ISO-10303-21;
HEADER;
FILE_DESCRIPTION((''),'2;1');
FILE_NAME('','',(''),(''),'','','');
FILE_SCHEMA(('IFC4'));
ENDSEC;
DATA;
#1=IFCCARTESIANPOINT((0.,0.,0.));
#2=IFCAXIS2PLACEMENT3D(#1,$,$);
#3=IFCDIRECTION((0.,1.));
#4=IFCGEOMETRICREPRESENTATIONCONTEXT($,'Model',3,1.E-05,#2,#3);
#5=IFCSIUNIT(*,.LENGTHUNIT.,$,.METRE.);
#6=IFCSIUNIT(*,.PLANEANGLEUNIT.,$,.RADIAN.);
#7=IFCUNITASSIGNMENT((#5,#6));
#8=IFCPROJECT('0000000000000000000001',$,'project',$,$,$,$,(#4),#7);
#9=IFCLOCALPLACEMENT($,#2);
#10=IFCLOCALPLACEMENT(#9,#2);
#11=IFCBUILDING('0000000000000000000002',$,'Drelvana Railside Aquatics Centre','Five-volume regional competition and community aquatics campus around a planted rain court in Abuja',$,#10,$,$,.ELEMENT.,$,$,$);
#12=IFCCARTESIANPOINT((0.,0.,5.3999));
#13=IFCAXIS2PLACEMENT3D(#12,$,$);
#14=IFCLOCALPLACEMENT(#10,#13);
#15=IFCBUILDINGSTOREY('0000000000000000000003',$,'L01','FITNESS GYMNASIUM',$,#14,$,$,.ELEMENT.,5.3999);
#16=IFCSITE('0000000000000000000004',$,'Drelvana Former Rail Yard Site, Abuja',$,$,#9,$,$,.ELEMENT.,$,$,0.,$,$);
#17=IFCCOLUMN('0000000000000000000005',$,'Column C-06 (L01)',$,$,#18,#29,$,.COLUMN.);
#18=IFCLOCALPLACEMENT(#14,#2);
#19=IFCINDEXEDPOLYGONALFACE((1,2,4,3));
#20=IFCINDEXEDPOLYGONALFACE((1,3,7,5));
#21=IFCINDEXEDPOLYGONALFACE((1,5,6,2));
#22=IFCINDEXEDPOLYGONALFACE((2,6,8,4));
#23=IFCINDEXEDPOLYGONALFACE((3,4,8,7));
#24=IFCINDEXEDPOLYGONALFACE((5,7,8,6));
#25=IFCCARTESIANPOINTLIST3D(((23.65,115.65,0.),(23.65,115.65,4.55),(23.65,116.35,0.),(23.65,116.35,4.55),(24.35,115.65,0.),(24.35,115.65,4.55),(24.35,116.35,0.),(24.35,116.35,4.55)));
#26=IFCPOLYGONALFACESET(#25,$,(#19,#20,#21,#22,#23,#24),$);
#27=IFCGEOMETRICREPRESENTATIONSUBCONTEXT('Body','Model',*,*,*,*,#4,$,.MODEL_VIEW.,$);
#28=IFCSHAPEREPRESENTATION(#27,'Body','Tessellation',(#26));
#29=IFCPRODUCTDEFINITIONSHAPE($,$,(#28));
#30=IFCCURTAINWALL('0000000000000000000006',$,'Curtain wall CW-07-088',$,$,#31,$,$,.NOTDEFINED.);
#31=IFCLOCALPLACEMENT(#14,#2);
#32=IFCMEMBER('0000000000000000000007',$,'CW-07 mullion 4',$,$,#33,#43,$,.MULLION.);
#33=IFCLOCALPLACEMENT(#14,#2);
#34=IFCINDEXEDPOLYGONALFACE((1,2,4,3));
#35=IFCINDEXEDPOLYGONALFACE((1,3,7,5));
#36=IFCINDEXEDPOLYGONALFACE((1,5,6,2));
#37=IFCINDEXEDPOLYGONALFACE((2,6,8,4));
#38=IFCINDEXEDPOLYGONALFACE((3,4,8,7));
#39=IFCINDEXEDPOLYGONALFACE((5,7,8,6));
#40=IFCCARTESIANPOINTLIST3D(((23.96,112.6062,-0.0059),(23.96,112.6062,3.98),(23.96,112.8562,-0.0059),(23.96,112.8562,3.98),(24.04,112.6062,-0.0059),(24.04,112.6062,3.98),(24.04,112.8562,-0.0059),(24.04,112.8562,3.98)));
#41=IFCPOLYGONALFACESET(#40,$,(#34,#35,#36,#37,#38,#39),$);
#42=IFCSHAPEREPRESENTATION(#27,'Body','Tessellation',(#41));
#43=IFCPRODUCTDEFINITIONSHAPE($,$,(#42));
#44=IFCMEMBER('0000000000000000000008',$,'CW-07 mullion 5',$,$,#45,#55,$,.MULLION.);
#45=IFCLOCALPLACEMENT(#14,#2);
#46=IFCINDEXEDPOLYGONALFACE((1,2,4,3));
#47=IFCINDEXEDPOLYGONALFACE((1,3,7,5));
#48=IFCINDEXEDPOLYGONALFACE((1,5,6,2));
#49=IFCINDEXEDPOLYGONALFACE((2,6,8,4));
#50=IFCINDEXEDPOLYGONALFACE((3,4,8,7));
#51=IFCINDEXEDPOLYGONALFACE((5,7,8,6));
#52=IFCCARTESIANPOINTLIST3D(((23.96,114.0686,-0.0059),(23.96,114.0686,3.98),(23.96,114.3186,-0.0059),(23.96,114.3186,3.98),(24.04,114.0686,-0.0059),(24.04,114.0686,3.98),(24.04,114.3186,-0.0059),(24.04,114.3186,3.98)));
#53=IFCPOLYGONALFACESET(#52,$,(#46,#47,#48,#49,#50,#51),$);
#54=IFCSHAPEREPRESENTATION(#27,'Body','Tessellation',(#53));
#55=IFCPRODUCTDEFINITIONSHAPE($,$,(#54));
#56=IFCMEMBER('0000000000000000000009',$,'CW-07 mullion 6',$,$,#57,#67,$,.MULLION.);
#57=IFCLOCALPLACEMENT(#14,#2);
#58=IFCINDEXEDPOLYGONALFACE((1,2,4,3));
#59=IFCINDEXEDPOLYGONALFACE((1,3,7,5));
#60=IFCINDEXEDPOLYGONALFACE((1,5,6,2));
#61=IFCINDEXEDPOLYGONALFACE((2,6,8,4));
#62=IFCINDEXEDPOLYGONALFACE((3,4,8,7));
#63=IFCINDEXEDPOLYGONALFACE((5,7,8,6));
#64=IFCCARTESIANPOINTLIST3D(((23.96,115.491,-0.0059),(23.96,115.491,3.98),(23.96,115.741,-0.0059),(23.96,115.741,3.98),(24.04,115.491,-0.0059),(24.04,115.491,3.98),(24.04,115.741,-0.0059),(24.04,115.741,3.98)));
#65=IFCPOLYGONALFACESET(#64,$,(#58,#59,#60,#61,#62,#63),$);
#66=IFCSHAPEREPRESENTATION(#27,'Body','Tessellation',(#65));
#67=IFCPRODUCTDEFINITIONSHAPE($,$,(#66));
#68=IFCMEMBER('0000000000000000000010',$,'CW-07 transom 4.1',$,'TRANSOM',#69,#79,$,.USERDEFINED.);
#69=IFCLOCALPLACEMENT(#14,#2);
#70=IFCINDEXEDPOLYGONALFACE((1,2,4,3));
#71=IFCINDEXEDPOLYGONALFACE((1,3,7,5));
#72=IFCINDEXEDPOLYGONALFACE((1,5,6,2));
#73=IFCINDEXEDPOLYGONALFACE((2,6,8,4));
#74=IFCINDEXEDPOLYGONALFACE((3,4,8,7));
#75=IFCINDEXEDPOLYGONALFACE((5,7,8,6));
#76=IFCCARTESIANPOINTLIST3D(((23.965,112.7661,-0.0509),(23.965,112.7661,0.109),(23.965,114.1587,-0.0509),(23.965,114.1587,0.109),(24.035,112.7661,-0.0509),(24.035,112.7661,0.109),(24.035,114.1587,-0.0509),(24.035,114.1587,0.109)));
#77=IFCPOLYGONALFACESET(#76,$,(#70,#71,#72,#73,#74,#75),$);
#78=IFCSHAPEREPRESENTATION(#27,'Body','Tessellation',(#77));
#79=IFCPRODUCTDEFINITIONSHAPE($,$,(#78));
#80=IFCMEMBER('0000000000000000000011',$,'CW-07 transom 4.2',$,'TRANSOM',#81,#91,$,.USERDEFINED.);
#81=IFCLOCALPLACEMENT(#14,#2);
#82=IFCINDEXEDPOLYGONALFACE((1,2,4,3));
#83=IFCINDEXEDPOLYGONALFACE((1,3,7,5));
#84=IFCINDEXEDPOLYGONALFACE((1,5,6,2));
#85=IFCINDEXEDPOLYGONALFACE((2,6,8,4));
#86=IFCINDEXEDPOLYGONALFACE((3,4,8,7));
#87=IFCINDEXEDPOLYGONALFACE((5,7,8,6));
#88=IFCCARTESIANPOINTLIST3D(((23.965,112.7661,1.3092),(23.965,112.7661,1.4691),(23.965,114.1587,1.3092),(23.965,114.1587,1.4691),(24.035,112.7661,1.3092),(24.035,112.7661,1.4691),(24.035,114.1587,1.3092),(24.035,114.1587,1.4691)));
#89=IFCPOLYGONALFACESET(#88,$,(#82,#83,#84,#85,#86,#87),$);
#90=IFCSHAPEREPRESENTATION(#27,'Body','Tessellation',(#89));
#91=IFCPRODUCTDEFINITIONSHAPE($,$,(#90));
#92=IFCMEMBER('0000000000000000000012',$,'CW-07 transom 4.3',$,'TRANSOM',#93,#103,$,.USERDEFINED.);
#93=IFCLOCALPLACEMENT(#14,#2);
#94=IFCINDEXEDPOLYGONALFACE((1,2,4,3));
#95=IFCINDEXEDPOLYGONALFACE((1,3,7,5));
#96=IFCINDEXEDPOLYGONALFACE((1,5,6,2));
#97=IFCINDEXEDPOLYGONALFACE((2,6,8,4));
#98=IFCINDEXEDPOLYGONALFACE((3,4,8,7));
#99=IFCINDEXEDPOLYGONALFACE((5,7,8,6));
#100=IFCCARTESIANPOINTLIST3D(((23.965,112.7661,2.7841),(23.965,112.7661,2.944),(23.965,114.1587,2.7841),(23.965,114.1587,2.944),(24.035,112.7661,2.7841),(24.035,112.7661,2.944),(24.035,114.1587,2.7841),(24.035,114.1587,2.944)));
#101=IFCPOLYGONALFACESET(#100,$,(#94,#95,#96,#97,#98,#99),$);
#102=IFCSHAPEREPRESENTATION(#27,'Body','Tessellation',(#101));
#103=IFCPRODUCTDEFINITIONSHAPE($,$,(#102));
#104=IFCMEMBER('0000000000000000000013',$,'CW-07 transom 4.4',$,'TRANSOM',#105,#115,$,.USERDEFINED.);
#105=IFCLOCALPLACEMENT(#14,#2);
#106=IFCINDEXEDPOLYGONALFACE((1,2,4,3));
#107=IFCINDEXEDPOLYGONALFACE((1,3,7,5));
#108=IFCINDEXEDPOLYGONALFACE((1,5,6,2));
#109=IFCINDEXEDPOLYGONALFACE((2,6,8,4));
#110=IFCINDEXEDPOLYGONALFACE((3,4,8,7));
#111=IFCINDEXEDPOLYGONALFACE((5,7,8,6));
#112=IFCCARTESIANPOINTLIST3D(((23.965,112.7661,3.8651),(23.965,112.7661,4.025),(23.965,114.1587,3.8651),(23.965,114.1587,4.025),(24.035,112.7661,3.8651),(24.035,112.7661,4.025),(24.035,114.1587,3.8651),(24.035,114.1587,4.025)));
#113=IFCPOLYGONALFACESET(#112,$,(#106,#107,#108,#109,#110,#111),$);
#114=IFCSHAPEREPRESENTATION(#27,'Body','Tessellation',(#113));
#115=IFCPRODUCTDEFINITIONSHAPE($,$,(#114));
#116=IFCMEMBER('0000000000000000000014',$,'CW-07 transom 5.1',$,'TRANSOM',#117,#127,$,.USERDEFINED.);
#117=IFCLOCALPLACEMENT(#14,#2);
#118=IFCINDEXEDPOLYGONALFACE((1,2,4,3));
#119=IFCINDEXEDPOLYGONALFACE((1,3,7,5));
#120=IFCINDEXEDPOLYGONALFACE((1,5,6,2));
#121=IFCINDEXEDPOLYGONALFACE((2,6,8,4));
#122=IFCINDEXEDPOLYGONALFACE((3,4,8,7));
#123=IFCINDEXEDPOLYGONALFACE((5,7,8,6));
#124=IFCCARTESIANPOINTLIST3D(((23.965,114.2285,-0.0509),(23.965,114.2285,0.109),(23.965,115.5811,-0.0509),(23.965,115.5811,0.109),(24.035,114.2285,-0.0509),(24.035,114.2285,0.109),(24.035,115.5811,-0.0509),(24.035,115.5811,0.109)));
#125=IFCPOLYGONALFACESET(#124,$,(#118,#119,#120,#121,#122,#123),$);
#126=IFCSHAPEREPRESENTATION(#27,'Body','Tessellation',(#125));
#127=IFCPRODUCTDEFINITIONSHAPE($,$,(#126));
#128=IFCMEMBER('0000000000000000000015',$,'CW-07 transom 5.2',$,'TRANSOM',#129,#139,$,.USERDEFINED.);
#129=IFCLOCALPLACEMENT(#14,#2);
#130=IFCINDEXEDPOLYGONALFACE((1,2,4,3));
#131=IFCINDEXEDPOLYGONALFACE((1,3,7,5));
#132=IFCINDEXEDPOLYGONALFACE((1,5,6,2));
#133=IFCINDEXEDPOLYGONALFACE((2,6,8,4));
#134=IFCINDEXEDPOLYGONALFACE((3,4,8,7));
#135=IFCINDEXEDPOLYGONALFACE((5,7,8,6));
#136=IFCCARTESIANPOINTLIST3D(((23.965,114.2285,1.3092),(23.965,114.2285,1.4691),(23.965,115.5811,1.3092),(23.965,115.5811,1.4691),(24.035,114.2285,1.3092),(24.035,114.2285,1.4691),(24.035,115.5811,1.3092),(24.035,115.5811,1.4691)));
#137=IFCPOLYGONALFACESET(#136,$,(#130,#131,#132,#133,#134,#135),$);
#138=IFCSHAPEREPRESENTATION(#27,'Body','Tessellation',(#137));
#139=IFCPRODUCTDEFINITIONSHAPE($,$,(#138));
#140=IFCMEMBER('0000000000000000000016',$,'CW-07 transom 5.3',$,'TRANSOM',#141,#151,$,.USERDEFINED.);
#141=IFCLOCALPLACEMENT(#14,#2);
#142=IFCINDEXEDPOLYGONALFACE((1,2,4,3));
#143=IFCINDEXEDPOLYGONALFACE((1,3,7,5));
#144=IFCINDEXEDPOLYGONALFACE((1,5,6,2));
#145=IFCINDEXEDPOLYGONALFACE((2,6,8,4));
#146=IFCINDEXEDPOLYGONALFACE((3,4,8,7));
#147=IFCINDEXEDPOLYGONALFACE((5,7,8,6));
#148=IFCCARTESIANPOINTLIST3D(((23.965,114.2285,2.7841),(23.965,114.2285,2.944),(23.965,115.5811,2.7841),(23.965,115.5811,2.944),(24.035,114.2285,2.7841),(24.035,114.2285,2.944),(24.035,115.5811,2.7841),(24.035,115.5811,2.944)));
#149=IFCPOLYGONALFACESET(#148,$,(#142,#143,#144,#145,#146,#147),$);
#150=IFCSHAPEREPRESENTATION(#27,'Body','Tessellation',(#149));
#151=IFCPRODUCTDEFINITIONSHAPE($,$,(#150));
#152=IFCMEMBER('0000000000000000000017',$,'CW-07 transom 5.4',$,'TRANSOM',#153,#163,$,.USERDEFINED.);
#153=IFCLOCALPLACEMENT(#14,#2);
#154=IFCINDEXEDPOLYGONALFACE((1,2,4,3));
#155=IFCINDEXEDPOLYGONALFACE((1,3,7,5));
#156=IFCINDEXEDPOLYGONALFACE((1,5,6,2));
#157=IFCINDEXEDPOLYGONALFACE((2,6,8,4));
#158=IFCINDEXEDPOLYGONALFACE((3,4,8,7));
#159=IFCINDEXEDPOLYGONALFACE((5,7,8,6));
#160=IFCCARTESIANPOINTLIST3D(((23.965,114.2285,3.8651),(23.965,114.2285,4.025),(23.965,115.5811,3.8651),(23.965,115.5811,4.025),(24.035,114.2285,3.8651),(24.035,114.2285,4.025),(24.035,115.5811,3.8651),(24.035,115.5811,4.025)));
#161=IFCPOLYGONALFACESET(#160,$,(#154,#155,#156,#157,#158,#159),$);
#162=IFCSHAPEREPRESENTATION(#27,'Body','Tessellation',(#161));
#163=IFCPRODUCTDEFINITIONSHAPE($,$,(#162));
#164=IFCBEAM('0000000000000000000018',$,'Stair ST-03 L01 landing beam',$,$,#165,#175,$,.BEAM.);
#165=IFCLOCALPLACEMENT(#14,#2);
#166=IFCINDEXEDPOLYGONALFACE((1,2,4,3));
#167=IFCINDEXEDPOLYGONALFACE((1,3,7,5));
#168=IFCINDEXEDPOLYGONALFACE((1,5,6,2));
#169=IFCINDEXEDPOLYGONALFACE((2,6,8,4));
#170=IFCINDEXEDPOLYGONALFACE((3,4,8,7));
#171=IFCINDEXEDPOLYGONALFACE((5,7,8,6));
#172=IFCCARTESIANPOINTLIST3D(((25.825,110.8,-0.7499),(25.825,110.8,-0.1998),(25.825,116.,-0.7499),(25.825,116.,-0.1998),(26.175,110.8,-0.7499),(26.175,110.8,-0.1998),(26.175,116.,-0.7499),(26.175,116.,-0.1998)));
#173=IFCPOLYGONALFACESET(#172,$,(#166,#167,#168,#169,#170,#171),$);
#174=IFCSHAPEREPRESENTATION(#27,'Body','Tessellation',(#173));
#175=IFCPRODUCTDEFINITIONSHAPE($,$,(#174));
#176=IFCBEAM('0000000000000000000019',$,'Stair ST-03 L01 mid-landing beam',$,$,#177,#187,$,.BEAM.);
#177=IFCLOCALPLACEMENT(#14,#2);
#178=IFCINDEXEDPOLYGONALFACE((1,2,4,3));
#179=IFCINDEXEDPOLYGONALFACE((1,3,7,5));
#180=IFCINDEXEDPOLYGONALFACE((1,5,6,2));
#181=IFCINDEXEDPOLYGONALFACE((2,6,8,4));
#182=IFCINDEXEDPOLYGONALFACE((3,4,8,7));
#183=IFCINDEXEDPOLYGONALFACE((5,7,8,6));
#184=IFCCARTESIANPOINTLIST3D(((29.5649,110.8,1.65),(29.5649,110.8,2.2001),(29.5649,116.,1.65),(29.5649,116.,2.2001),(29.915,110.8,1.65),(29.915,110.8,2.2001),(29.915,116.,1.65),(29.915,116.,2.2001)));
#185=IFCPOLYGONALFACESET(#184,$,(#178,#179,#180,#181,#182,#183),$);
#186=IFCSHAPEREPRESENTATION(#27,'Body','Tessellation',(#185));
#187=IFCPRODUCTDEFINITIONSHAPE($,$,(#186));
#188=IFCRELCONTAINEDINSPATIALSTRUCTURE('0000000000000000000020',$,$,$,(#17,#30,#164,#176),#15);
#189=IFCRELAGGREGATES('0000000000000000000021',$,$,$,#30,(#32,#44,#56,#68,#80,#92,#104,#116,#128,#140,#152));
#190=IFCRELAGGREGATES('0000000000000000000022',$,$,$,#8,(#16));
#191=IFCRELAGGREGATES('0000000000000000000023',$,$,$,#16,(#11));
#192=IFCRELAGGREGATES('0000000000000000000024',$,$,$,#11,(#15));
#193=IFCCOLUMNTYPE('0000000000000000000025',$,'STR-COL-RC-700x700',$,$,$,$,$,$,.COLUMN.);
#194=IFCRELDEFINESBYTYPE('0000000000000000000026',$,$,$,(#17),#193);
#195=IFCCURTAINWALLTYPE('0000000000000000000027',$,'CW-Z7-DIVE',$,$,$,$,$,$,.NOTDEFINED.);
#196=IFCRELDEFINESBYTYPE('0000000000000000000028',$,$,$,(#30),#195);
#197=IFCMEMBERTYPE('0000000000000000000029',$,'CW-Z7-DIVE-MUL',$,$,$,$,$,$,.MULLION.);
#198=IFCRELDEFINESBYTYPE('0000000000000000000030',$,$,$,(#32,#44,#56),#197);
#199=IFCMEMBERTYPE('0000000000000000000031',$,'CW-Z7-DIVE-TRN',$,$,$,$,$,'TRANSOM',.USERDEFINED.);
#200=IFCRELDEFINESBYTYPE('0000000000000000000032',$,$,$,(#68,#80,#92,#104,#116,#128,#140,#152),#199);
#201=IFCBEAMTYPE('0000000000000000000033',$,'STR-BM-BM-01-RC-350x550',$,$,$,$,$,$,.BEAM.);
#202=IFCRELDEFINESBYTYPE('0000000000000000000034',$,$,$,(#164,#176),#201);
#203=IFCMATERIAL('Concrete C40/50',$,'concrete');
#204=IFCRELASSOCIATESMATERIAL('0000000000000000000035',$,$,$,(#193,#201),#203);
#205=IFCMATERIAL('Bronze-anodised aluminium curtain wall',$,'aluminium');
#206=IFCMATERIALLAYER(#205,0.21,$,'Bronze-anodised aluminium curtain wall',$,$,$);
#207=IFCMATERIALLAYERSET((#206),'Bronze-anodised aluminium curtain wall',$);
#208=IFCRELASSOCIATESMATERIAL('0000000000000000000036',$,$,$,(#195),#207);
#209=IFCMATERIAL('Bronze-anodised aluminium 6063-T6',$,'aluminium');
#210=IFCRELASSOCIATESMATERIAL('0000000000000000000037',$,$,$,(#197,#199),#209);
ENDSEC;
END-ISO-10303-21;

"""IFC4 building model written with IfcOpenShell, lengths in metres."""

from ifc_helpers import new_model, si_unit, direction, frame, origin, origin_2d, place, context, subcontext, project, spatial, rectangle, extrude, material, layer, layer_set, material_profile, profile_set, type_object, element, aggregate, save


model = new_model("IFC4")

# Units and contexts
model_context = context("Model", 3, precision=1e-05, world=origin(), true_north=direction((0.0, 1.0)))
body_context = subcontext(model_context, "Body", "Model", "MODEL_VIEW")
ifc_project = project(units=[si_unit("LENGTHUNIT", "METRE"), si_unit("PLANEANGLEUNIT", "RADIAN")], contexts=[model_context])

# Site, building, storey
site_placement = place(None, origin())
site = spatial("IfcSite", under=ifc_project, at=site_placement, Name="Drelvana Former Rail Yard Site, Abuja", CompositionType="ELEMENT", RefElevation=0.0)
building_placement = place(site_placement, origin())
building = spatial("IfcBuilding", under=site, at=building_placement, Name="Drelvana Railside Aquatics Centre", Description="Five-volume regional competition and community aquatics campus around a planted rain court in Abuja", CompositionType="ELEMENT")
storey_placement = place(building_placement, frame((0.0, 0.0, 5.3999)))
storey = spatial("IfcBuildingStorey", under=building, at=storey_placement, Name="L01", Description="FITNESS GYMNASIUM", CompositionType="ELEMENT", Elevation=5.3999)

# Column
ifc_material_1 = material(Name="Concrete C40/50", Category="concrete")
ifc_material_profile_1 = material_profile(ifc_material_1, rectangle(XDim=0.7, YDim=0.7, at=origin_2d()), Name="RC 700x700")
ifc_profile_set_1 = profile_set([ifc_material_profile_1], Name="Concrete C40/50")
column_type = type_object("IfcColumnType", Name="STR-COL-RC-700x700", PredefinedType="COLUMN", material=ifc_profile_set_1)
column_placement = place(storey_placement, frame((24.0, 116.0, 0.0), z_axis=(0.0, 0.0, 1.0), x_axis=(1.0, 0.0, 0.0)))
element("IfcColumn", 1, at=column_placement, inside=storey, type_object=column_type, Name="Column C-06 (L01)", PredefinedType="COLUMN", context=body_context, shape_type="SweptSolid", body=[
    extrude(rectangle(XDim=0.7, YDim=0.7, at=origin_2d()), origin(), (0.0, 0.0, 1.0), 4.55),
])

# Curtain wall, members
ifc_material_2 = material(Name="Bronze-anodised aluminium curtain wall", Category="aluminium")
ifc_layer_1 = layer(ifc_material_2, 0.21, Name="Bronze-anodised aluminium curtain wall")
ifc_layer_set_1 = layer_set([ifc_layer_1], Name="Bronze-anodised aluminium curtain wall")
curtain_wall_type = type_object("IfcCurtainWallType", Name="CW-Z7-DIVE", PredefinedType="NOTDEFINED", material=ifc_layer_set_1)
curtain_wall_placement = place(storey_placement, origin())
curtain_wall = element("IfcCurtainWall", 2, at=curtain_wall_placement, inside=storey, type_object=curtain_wall_type, Name="Curtain wall CW-07-088", PredefinedType="NOTDEFINED")
ifc_material_3 = material(Name="Bronze-anodised aluminium 6063-T6", Category="aluminium")
ifc_material_profile_2 = material_profile(ifc_material_3, rectangle(XDim=0.0801, YDim=0.25, at=origin_2d()), Name="ALU-M 80x250")
ifc_profile_set_2 = profile_set([ifc_material_profile_2], Name="Bronze-anodised aluminium 6063-T6")
member_type_1 = type_object("IfcMemberType", Name="CW-Z7-DIVE-MUL", PredefinedType="MULLION", material=ifc_profile_set_2)
member_1_placement = place(storey_placement, frame((24.0, 112.7312, -0.0059), z_axis=(0.0, 0.0, 1.0), x_axis=(-1.0, 0.0, 0.0)))
member_1 = element("IfcMember", 3, at=member_1_placement, type_object=member_type_1, Name="CW-07 mullion 4", PredefinedType="MULLION", context=body_context, shape_type="SweptSolid", body=[
    extrude(rectangle(XDim=0.0801, YDim=0.25, at=origin_2d()), origin(), (0.0, 0.0, 1.0), 3.9858),
])
member_2_placement = place(storey_placement, frame((24.0, 114.1936, -0.0059), z_axis=(0.0, 0.0, 1.0), x_axis=(-1.0, 0.0, 0.0)))
member_2 = element("IfcMember", 4, at=member_2_placement, type_object=member_type_1, Name="CW-07 mullion 5", PredefinedType="MULLION", context=body_context, shape_type="SweptSolid", body=[
    extrude(rectangle(XDim=0.0801, YDim=0.25, at=origin_2d()), origin(), (0.0, 0.0, 1.0), 3.9858),
])
member_3_placement = place(storey_placement, frame((24.0, 115.616, -0.0059), z_axis=(0.0, 0.0, 1.0), x_axis=(-1.0, 0.0, 0.0)))
member_3 = element("IfcMember", 5, at=member_3_placement, type_object=member_type_1, Name="CW-07 mullion 6", PredefinedType="MULLION", context=body_context, shape_type="SweptSolid", body=[
    extrude(rectangle(XDim=0.0801, YDim=0.25, at=origin_2d()), origin(), (0.0, 0.0, 1.0), 3.9858),
])
ifc_material_profile_3 = material_profile(ifc_material_3, rectangle(XDim=0.1599, YDim=0.0701, at=origin_2d()), Name="ALU-T 70x160")
ifc_profile_set_3 = profile_set([ifc_material_profile_3], Name="Bronze-anodised aluminium 6063-T6")
member_type_2 = type_object("IfcMemberType", Name="CW-Z7-DIVE-TRN", ElementType="TRANSOM", PredefinedType="USERDEFINED", material=ifc_profile_set_3)
member_4_placement = place(storey_placement, frame((24.0, 112.7661, 0.0291), z_axis=(0.0, 1.0, 0.0), x_axis=(0.0, 0.0, 1.0)))
member_4 = element("IfcMember", 6, at=member_4_placement, type_object=member_type_2, Name="CW-07 transom 4.1", ObjectType="TRANSOM", PredefinedType="USERDEFINED", context=body_context, shape_type="SweptSolid", body=[
    extrude(rectangle(XDim=0.1599, YDim=0.0701, at=origin_2d()), origin(), (0.0, 0.0, 1.0), 1.3926),
])
member_5_placement = place(storey_placement, frame((24.0, 112.7661, 1.3892), z_axis=(0.0, 1.0, 0.0), x_axis=(0.0, 0.0, 1.0)))
member_5 = element("IfcMember", 7, at=member_5_placement, type_object=member_type_2, Name="CW-07 transom 4.2", ObjectType="TRANSOM", PredefinedType="USERDEFINED", context=body_context, shape_type="SweptSolid", body=[
    extrude(rectangle(XDim=0.1599, YDim=0.0701, at=origin_2d()), origin(), (0.0, 0.0, 1.0), 1.3926),
])
member_6_placement = place(storey_placement, frame((24.0, 112.7661, 2.864), z_axis=(0.0, 1.0, 0.0), x_axis=(0.0, 0.0, 1.0)))
member_6 = element("IfcMember", 8, at=member_6_placement, type_object=member_type_2, Name="CW-07 transom 4.3", ObjectType="TRANSOM", PredefinedType="USERDEFINED", context=body_context, shape_type="SweptSolid", body=[
    extrude(rectangle(XDim=0.1599, YDim=0.0701, at=origin_2d()), origin(), (0.0, 0.0, 1.0), 1.3926),
])
member_7_placement = place(storey_placement, frame((24.0, 112.7661, 3.9451), z_axis=(0.0, 1.0, 0.0), x_axis=(0.0, 0.0, 1.0)))
member_7 = element("IfcMember", 9, at=member_7_placement, type_object=member_type_2, Name="CW-07 transom 4.4", ObjectType="TRANSOM", PredefinedType="USERDEFINED", context=body_context, shape_type="SweptSolid", body=[
    extrude(rectangle(XDim=0.1599, YDim=0.0701, at=origin_2d()), origin(), (0.0, 0.0, 1.0), 1.3926),
])
member_8_placement = place(storey_placement, frame((24.0, 114.2285, 0.0291), z_axis=(0.0, 1.0, 0.0), x_axis=(0.0, 0.0, 1.0)))
member_8 = element("IfcMember", 10, at=member_8_placement, type_object=member_type_2, Name="CW-07 transom 5.1", ObjectType="TRANSOM", PredefinedType="USERDEFINED", context=body_context, shape_type="SweptSolid", body=[
    extrude(rectangle(XDim=0.1599, YDim=0.0701, at=origin_2d()), origin(), (0.0, 0.0, 1.0), 1.3525),
])
member_9_placement = place(storey_placement, frame((24.0, 114.2285, 1.3892), z_axis=(0.0, 1.0, 0.0), x_axis=(0.0, 0.0, 1.0)))
member_9 = element("IfcMember", 11, at=member_9_placement, type_object=member_type_2, Name="CW-07 transom 5.2", ObjectType="TRANSOM", PredefinedType="USERDEFINED", context=body_context, shape_type="SweptSolid", body=[
    extrude(rectangle(XDim=0.1599, YDim=0.0701, at=origin_2d()), origin(), (0.0, 0.0, 1.0), 1.3525),
])
member_10_placement = place(storey_placement, frame((24.0, 114.2285, 2.864), z_axis=(0.0, 1.0, 0.0), x_axis=(0.0, 0.0, 1.0)))
member_10 = element("IfcMember", 12, at=member_10_placement, type_object=member_type_2, Name="CW-07 transom 5.3", ObjectType="TRANSOM", PredefinedType="USERDEFINED", context=body_context, shape_type="SweptSolid", body=[
    extrude(rectangle(XDim=0.1599, YDim=0.0701, at=origin_2d()), origin(), (0.0, 0.0, 1.0), 1.3525),
])
member_11_placement = place(storey_placement, frame((24.0, 114.2285, 3.9451), z_axis=(0.0, 1.0, 0.0), x_axis=(0.0, 0.0, 1.0)))
member_11 = element("IfcMember", 13, at=member_11_placement, type_object=member_type_2, Name="CW-07 transom 5.4", ObjectType="TRANSOM", PredefinedType="USERDEFINED", context=body_context, shape_type="SweptSolid", body=[
    extrude(rectangle(XDim=0.1599, YDim=0.0701, at=origin_2d()), origin(), (0.0, 0.0, 1.0), 1.3525),
])

# Beams
ifc_material_profile_4 = material_profile(ifc_material_1, rectangle(XDim=0.3501, YDim=0.55, at=origin_2d()), Name="RC 350x550")
ifc_profile_set_4 = profile_set([ifc_material_profile_4], Name="Concrete C40/50")
beam_type_1 = type_object("IfcBeamType", Name="STR-BM-BM-01-RC-350x550", PredefinedType="BEAM", material=ifc_profile_set_4)
for number, where, z_axis, x_axis, name in (
    (14, (26.0, 110.8, -0.4749), (0.0, 1.0, 0.0), (-1.0, 0.0, 0.0), "Stair ST-03 L01 landing beam"),
    (15, (29.74, 110.8, 1.925), (0.0, 1.0, 0.0), (-1.0, 0.0, 0.0), "Stair ST-03 L01 mid-landing beam"),
):
    element("IfcBeam", number, at=place(storey_placement, frame(where, z_axis=z_axis, x_axis=x_axis)), inside=storey, type_object=beam_type_1, Name=name, PredefinedType="BEAM", context=body_context, shape_type="SweptSolid", body=[
        extrude(rectangle(XDim=0.3501, YDim=0.55, at=origin_2d()), origin(), (0.0, 0.0, 1.0), 5.2),
    ])

aggregate(curtain_wall, [member_1, member_2, member_3, member_4, member_5, member_6, member_7, member_8, member_9, member_10, member_11])

save(model, "model.ifc")
